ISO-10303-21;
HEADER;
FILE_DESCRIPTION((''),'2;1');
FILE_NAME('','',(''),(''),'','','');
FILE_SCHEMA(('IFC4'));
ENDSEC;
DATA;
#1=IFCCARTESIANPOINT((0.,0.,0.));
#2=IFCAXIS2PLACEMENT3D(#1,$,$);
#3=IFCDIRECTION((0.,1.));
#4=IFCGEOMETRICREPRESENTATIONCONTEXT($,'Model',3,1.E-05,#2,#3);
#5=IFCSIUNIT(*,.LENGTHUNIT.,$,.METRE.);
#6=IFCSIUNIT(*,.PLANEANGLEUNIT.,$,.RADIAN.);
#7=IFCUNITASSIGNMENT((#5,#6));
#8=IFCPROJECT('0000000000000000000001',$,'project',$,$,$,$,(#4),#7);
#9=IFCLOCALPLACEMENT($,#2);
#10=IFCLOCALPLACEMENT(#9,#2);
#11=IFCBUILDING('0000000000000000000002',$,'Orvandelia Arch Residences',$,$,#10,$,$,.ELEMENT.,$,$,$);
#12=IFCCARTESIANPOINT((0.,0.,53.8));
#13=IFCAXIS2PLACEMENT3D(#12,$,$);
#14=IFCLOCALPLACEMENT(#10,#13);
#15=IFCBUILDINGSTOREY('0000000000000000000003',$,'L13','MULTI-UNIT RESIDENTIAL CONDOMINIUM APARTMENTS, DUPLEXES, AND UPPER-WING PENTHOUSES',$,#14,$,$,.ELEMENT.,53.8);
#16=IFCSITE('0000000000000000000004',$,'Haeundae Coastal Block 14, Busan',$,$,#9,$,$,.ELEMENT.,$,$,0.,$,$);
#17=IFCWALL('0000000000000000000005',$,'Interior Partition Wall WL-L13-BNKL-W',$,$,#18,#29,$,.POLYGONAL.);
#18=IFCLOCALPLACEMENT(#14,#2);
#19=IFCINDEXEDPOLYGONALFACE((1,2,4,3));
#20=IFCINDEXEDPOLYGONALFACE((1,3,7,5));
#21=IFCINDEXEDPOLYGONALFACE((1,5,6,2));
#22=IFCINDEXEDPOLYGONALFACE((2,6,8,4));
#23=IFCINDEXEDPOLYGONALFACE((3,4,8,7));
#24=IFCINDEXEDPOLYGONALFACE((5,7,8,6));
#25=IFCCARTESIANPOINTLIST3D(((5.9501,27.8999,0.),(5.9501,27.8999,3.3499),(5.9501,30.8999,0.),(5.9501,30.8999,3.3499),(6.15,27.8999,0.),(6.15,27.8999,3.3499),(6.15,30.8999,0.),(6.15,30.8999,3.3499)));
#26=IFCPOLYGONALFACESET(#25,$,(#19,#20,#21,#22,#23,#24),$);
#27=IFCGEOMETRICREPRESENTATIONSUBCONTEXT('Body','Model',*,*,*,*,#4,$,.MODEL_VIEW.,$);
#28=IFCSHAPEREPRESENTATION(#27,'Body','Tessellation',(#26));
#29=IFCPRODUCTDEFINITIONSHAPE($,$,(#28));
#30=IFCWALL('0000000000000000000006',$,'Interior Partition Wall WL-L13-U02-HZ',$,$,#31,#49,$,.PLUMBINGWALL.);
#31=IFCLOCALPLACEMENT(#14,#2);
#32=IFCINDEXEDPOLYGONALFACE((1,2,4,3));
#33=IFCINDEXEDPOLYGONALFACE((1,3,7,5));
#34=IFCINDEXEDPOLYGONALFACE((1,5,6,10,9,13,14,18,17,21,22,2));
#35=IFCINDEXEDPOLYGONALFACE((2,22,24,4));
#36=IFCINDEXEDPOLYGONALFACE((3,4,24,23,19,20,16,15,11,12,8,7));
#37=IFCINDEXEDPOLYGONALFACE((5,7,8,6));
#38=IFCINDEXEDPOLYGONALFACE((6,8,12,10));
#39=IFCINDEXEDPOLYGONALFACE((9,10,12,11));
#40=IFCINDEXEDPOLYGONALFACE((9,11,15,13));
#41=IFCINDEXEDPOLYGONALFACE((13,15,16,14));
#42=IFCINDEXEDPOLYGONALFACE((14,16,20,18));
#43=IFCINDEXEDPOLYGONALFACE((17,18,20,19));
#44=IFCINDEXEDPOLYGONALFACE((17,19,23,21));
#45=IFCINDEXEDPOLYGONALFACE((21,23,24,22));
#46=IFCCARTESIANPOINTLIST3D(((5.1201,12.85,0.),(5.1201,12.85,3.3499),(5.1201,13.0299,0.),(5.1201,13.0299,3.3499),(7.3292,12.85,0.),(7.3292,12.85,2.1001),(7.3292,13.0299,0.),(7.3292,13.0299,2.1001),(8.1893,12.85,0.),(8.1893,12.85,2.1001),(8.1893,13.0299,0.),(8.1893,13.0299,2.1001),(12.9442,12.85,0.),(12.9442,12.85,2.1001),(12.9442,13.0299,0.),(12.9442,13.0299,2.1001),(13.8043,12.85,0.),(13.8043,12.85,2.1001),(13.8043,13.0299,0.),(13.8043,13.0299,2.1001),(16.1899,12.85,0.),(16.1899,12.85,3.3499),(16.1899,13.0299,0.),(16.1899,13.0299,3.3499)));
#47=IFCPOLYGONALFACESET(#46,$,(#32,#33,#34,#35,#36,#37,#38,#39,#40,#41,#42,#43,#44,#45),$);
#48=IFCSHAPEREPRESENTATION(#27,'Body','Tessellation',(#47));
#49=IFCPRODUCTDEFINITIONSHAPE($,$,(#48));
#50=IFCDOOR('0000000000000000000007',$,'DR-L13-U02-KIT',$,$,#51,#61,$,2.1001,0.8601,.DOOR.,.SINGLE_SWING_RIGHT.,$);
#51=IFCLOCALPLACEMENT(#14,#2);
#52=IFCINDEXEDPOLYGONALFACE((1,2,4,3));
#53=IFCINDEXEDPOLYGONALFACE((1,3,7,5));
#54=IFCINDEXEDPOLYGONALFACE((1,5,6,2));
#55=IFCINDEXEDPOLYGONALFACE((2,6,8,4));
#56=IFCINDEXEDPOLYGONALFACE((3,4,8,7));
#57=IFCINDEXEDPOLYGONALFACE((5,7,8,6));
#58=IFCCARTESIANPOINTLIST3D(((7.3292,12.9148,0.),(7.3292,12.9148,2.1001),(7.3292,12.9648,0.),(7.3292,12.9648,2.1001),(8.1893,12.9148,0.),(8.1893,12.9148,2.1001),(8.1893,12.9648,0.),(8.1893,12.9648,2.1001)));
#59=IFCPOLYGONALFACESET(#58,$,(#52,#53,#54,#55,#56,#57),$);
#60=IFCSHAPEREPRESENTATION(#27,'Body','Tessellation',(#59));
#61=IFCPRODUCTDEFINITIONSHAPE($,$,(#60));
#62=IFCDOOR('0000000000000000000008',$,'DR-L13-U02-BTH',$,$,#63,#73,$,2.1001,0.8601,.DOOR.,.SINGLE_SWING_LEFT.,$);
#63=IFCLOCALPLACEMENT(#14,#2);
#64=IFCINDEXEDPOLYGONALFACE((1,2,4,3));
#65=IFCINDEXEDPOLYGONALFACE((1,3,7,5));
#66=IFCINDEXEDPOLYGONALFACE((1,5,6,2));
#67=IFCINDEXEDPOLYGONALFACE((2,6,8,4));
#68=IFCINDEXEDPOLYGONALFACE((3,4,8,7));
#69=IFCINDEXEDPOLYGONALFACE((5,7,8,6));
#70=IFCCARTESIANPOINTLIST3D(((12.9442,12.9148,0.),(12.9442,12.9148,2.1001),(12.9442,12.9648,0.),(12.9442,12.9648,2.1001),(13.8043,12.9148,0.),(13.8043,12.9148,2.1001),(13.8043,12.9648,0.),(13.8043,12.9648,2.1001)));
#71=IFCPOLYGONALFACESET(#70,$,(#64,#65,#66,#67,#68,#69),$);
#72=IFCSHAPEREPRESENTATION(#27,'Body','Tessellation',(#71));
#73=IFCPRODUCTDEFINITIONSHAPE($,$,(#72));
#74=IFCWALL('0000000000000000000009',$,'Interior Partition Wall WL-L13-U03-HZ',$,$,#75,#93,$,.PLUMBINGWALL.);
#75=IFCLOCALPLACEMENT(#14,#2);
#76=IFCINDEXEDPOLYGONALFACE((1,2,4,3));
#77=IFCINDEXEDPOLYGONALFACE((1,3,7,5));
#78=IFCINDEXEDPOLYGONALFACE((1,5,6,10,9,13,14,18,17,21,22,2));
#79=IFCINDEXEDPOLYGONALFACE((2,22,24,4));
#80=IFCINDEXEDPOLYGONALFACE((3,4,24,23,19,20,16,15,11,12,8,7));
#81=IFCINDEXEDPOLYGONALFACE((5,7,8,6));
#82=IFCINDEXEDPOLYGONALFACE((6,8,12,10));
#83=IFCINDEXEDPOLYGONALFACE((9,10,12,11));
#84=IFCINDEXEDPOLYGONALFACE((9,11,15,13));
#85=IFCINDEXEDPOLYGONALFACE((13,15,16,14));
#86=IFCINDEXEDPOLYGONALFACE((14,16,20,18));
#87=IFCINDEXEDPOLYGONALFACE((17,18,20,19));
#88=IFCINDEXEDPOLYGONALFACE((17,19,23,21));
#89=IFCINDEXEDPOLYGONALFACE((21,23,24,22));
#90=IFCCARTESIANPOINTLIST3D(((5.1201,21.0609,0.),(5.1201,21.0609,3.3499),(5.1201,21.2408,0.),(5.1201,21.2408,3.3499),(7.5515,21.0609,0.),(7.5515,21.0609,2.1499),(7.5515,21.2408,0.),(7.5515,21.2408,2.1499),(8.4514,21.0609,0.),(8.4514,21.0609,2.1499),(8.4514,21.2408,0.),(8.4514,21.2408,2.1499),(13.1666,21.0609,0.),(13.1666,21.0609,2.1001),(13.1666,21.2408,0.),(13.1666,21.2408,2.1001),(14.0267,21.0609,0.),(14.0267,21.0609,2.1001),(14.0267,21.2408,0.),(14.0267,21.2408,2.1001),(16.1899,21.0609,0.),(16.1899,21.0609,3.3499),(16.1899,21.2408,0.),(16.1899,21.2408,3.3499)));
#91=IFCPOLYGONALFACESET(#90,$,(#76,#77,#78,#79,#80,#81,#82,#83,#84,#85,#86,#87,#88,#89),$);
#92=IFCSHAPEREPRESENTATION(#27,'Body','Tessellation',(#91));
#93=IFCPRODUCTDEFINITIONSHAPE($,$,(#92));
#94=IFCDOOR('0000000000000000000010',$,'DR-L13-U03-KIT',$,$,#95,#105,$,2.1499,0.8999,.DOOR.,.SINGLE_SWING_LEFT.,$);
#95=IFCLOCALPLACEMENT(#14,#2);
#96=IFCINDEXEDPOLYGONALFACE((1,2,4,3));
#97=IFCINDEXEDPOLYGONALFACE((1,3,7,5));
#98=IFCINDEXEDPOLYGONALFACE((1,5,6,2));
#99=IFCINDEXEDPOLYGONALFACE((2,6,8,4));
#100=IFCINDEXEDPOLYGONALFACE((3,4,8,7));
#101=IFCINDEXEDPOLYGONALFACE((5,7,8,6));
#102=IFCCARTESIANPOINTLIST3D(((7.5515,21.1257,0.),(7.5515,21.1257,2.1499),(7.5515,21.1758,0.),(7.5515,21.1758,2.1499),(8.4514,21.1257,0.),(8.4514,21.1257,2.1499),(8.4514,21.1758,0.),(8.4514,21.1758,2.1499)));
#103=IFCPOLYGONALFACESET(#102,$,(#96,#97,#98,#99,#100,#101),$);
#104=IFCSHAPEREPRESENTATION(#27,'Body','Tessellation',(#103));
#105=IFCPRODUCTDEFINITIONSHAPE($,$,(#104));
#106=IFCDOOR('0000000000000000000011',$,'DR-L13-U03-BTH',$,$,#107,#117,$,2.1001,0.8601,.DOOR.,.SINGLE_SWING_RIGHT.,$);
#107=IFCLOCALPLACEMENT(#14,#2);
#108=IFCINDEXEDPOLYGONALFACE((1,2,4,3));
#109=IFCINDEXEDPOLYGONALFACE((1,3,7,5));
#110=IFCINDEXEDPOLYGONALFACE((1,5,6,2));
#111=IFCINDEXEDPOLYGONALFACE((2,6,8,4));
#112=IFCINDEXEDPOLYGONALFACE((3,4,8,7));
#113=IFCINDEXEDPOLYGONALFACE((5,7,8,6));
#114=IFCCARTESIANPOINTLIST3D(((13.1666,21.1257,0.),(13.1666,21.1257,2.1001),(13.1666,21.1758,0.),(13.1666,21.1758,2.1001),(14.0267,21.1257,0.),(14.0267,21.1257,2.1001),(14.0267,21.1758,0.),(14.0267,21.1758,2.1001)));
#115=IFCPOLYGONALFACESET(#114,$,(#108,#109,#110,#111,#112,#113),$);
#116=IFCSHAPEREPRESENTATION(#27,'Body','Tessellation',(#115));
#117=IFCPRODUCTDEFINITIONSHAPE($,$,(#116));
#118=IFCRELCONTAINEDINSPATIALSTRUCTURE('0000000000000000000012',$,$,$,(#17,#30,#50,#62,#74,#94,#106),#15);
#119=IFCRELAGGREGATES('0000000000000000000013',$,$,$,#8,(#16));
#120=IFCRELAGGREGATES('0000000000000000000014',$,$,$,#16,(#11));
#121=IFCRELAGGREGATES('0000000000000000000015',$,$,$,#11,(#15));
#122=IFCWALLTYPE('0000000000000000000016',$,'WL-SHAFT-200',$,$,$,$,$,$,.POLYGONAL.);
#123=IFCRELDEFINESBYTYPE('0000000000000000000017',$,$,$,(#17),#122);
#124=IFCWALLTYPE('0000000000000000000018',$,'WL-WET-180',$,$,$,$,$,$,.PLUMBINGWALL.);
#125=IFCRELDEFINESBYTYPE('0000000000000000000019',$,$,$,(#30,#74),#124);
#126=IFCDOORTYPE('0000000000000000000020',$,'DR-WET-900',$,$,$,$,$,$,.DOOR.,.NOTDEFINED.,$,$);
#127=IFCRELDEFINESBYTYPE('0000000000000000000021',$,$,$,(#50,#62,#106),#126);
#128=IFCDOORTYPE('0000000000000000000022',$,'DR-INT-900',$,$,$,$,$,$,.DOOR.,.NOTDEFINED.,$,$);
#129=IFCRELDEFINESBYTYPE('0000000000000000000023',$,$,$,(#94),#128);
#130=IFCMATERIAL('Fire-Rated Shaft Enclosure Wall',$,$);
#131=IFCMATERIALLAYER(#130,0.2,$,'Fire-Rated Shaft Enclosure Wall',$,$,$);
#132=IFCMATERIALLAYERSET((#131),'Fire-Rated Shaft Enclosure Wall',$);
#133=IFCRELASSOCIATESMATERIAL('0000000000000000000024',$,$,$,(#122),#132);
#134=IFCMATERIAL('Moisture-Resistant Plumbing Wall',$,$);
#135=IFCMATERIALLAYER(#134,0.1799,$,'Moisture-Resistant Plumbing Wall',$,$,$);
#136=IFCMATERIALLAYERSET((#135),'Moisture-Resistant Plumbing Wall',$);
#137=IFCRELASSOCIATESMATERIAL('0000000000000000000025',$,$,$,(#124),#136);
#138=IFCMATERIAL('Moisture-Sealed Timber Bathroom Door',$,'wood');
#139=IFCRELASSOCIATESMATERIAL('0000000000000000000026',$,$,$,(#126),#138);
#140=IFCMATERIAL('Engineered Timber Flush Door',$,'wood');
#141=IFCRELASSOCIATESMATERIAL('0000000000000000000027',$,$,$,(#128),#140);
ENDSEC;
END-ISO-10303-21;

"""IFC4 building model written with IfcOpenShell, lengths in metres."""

from ifc_helpers import new_model, si_unit, direction, frame, frame_2d, origin, place, context, subcontext, project, spatial, rectangle, extrude, material, layer, layer_set, type_object, element, fill, save


model = new_model("IFC4")

# Units and contexts
model_context = context("Model", 3, precision=1e-05, world=origin(), true_north=direction((0.0, 1.0)))
body_context = subcontext(model_context, "Body", "Model", "MODEL_VIEW")
ifc_project = project(units=[si_unit("LENGTHUNIT", "METRE"), si_unit("PLANEANGLEUNIT", "RADIAN")], contexts=[model_context])

# Site, building, storey
site_placement = place(None, origin())
site = spatial("IfcSite", under=ifc_project, at=site_placement, Name="Haeundae Coastal Block 14, Busan", CompositionType="ELEMENT", RefElevation=0.0)
building_placement = place(site_placement, origin())
building = spatial("IfcBuilding", under=site, at=building_placement, Name="Orvandelia Arch Residences", CompositionType="ELEMENT")
storey_placement = place(building_placement, frame((0.0, 0.0, 53.8)))
storey = spatial("IfcBuildingStorey", under=building, at=storey_placement, Name="L13", Description="MULTI-UNIT RESIDENTIAL CONDOMINIUM APARTMENTS, DUPLEXES, AND UPPER-WING PENTHOUSES", CompositionType="ELEMENT", Elevation=53.8)

# Wall
ifc_material_1 = material(Name="Fire-Rated Shaft Enclosure Wall")
ifc_layer_1 = layer(ifc_material_1, 0.2, Name="Fire-Rated Shaft Enclosure Wall")
ifc_layer_set_1 = layer_set([ifc_layer_1], Name="Fire-Rated Shaft Enclosure Wall")
wall_type_1 = type_object("IfcWallType", Name="WL-SHAFT-200", PredefinedType="POLYGONAL", material=ifc_layer_set_1)
wall_1_placement = place(storey_placement, frame((6.05, 27.8999, 0.0), z_axis=(0.0, 0.0, 1.0), x_axis=(0.0, 1.0, 0.0)))
element("IfcWall", 1, at=wall_1_placement, inside=storey, type_object=wall_type_1, Name="Interior Partition Wall WL-L13-BNKL-W", PredefinedType="POLYGONAL", context=body_context, shape_type="SweptSolid", body=[
    extrude(rectangle(XDim=3.0, YDim=0.2, at=frame_2d((1.5, 0.0))), origin(), (0.0, 0.0, 1.0), 3.3499),
])

# Walls, openings, doors
ifc_material_2 = material(Name="Moisture-Resistant Plumbing Wall")
ifc_layer_2 = layer(ifc_material_2, 0.1799, Name="Moisture-Resistant Plumbing Wall")
ifc_layer_set_2 = layer_set([ifc_layer_2], Name="Moisture-Resistant Plumbing Wall")
wall_type_2 = type_object("IfcWallType", Name="WL-WET-180", PredefinedType="PLUMBINGWALL", material=ifc_layer_set_2)
wall_2_placement = place(storey_placement, frame((5.1201, 12.9399, 0.0), z_axis=(0.0, 0.0, 1.0), x_axis=(1.0, 0.0, 0.0)))
wall_2 = element("IfcWall", 2, at=wall_2_placement, inside=storey, type_object=wall_type_2, Name="Interior Partition Wall WL-L13-U02-HZ", PredefinedType="PLUMBINGWALL", context=body_context, shape_type="SweptSolid", body=[
    extrude(rectangle(XDim=11.0698, YDim=0.1799, at=frame_2d((5.5349, 0.0))), origin(), (0.0, 0.0, 1.0), 3.3499),
])
opening_1_placement = place(wall_2_placement, frame((2.209, 0.0, 0.0)))
opening_1 = element("IfcOpeningElement", 3, at=opening_1_placement, cuts=wall_2, PredefinedType="OPENING", context=body_context, shape_type="SweptSolid", body=[
    extrude(rectangle(XDim=0.8601, YDim=2.1001, at=frame_2d((0.4302, 1.05))), frame((0.0, 0.1001, 0.0), z_axis=(0.0, -1.0, 0.0), x_axis=(1.0, 0.0, 0.0)), (0.0, 0.0, 1.0), 0.2),
])
opening_2_placement = place(wall_2_placement, frame((7.824, 0.0, 0.0)))
opening_2 = element("IfcOpeningElement", 4, at=opening_2_placement, cuts=wall_2, PredefinedType="OPENING", context=body_context, shape_type="SweptSolid", body=[
    extrude(rectangle(XDim=0.8601, YDim=2.1001, at=frame_2d((0.4302, 1.05))), frame((0.0, 0.1001, 0.0), z_axis=(0.0, -1.0, 0.0), x_axis=(1.0, 0.0, 0.0)), (0.0, 0.0, 1.0), 0.2),
])
ifc_material_3 = material(Name="Moisture-Sealed Timber Bathroom Door", Category="wood")
door_type_1 = type_object("IfcDoorType", Name="DR-WET-900", OperationType="NOTDEFINED", PredefinedType="DOOR", material=ifc_material_3)
door_1_placement = place(opening_1_placement, origin())
door_1 = element("IfcDoor", 5, at=door_1_placement, inside=storey, type_object=door_type_1, Name="DR-L13-U02-KIT", OperationType="SINGLE_SWING_RIGHT", OverallHeight=2.1001, OverallWidth=0.8601, PredefinedType="DOOR", context=body_context, shape_type="SweptSolid", body=[
    extrude(rectangle(XDim=0.8601, YDim=2.1001, at=frame_2d((0.4302, 1.05))), frame((0.0, 0.0249, 0.0), z_axis=(0.0, -1.0, 0.0), x_axis=(1.0, 0.0, 0.0)), (0.0, 0.0, 1.0), 0.05),
])
fill(opening_1, door_1)
door_2_placement = place(opening_2_placement, origin())
door_2 = element("IfcDoor", 6, at=door_2_placement, inside=storey, type_object=door_type_1, Name="DR-L13-U02-BTH", OperationType="SINGLE_SWING_LEFT", OverallHeight=2.1001, OverallWidth=0.8601, PredefinedType="DOOR", context=body_context, shape_type="SweptSolid", body=[
    extrude(rectangle(XDim=0.8601, YDim=2.1001, at=frame_2d((0.4302, 1.05))), frame((0.0, 0.0249, 0.0), z_axis=(0.0, -1.0, 0.0), x_axis=(1.0, 0.0, 0.0)), (0.0, 0.0, 1.0), 0.05),
])
fill(opening_2, door_2)
wall_3_placement = place(storey_placement, frame((5.1201, 21.1509, 0.0), z_axis=(0.0, 0.0, 1.0), x_axis=(1.0, 0.0, 0.0)))
wall_3 = element("IfcWall", 7, at=wall_3_placement, inside=storey, type_object=wall_type_2, Name="Interior Partition Wall WL-L13-U03-HZ", PredefinedType="PLUMBINGWALL", context=body_context, shape_type="SweptSolid", body=[
    extrude(rectangle(XDim=11.0698, YDim=0.1799, at=frame_2d((5.5349, 0.0))), origin(), (0.0, 0.0, 1.0), 3.3499),
])
opening_3_placement = place(wall_3_placement, frame((2.4314, 0.0, 0.0)))
opening_3 = element("IfcOpeningElement", 8, at=opening_3_placement, cuts=wall_3, PredefinedType="OPENING", context=body_context, shape_type="SweptSolid", body=[
    extrude(rectangle(XDim=0.8999, YDim=2.1499, at=frame_2d((0.45, 1.075))), frame((0.0, 0.1001, 0.0), z_axis=(0.0, -1.0, 0.0), x_axis=(1.0, 0.0, 0.0)), (0.0, 0.0, 1.0), 0.2),
])
opening_4_placement = place(wall_3_placement, frame((8.0464, 0.0, 0.0)))
opening_4 = element("IfcOpeningElement", 9, at=opening_4_placement, cuts=wall_3, PredefinedType="OPENING", context=body_context, shape_type="SweptSolid", body=[
    extrude(rectangle(XDim=0.8601, YDim=2.1001, at=frame_2d((0.4302, 1.05))), frame((0.0, 0.1001, 0.0), z_axis=(0.0, -1.0, 0.0), x_axis=(1.0, 0.0, 0.0)), (0.0, 0.0, 1.0), 0.2),
])
ifc_material_4 = material(Name="Engineered Timber Flush Door", Category="wood")
door_type_2 = type_object("IfcDoorType", Name="DR-INT-900", OperationType="NOTDEFINED", PredefinedType="DOOR", material=ifc_material_4)
door_3_placement = place(opening_3_placement, origin())
door_3 = element("IfcDoor", 10, at=door_3_placement, inside=storey, type_object=door_type_2, Name="DR-L13-U03-KIT", OperationType="SINGLE_SWING_LEFT", OverallHeight=2.1499, OverallWidth=0.8999, PredefinedType="DOOR", context=body_context, shape_type="SweptSolid", body=[
    extrude(rectangle(XDim=0.8999, YDim=2.1499, at=frame_2d((0.45, 1.075))), frame((0.0, 0.0249, 0.0), z_axis=(0.0, -1.0, 0.0), x_axis=(1.0, 0.0, 0.0)), (0.0, 0.0, 1.0), 0.05),
])
fill(opening_3, door_3)
door_4_placement = place(opening_4_placement, origin())
door_4 = element("IfcDoor", 11, at=door_4_placement, inside=storey, type_object=door_type_1, Name="DR-L13-U03-BTH", OperationType="SINGLE_SWING_RIGHT", OverallHeight=2.1001, OverallWidth=0.8601, PredefinedType="DOOR", context=body_context, shape_type="SweptSolid", body=[
    extrude(rectangle(XDim=0.8601, YDim=2.1001, at=frame_2d((0.4302, 1.05))), frame((0.0, 0.0249, 0.0), z_axis=(0.0, -1.0, 0.0), x_axis=(1.0, 0.0, 0.0)), (0.0, 0.0, 1.0), 0.05),
])
fill(opening_4, door_4)

save(model, "model.ifc")
